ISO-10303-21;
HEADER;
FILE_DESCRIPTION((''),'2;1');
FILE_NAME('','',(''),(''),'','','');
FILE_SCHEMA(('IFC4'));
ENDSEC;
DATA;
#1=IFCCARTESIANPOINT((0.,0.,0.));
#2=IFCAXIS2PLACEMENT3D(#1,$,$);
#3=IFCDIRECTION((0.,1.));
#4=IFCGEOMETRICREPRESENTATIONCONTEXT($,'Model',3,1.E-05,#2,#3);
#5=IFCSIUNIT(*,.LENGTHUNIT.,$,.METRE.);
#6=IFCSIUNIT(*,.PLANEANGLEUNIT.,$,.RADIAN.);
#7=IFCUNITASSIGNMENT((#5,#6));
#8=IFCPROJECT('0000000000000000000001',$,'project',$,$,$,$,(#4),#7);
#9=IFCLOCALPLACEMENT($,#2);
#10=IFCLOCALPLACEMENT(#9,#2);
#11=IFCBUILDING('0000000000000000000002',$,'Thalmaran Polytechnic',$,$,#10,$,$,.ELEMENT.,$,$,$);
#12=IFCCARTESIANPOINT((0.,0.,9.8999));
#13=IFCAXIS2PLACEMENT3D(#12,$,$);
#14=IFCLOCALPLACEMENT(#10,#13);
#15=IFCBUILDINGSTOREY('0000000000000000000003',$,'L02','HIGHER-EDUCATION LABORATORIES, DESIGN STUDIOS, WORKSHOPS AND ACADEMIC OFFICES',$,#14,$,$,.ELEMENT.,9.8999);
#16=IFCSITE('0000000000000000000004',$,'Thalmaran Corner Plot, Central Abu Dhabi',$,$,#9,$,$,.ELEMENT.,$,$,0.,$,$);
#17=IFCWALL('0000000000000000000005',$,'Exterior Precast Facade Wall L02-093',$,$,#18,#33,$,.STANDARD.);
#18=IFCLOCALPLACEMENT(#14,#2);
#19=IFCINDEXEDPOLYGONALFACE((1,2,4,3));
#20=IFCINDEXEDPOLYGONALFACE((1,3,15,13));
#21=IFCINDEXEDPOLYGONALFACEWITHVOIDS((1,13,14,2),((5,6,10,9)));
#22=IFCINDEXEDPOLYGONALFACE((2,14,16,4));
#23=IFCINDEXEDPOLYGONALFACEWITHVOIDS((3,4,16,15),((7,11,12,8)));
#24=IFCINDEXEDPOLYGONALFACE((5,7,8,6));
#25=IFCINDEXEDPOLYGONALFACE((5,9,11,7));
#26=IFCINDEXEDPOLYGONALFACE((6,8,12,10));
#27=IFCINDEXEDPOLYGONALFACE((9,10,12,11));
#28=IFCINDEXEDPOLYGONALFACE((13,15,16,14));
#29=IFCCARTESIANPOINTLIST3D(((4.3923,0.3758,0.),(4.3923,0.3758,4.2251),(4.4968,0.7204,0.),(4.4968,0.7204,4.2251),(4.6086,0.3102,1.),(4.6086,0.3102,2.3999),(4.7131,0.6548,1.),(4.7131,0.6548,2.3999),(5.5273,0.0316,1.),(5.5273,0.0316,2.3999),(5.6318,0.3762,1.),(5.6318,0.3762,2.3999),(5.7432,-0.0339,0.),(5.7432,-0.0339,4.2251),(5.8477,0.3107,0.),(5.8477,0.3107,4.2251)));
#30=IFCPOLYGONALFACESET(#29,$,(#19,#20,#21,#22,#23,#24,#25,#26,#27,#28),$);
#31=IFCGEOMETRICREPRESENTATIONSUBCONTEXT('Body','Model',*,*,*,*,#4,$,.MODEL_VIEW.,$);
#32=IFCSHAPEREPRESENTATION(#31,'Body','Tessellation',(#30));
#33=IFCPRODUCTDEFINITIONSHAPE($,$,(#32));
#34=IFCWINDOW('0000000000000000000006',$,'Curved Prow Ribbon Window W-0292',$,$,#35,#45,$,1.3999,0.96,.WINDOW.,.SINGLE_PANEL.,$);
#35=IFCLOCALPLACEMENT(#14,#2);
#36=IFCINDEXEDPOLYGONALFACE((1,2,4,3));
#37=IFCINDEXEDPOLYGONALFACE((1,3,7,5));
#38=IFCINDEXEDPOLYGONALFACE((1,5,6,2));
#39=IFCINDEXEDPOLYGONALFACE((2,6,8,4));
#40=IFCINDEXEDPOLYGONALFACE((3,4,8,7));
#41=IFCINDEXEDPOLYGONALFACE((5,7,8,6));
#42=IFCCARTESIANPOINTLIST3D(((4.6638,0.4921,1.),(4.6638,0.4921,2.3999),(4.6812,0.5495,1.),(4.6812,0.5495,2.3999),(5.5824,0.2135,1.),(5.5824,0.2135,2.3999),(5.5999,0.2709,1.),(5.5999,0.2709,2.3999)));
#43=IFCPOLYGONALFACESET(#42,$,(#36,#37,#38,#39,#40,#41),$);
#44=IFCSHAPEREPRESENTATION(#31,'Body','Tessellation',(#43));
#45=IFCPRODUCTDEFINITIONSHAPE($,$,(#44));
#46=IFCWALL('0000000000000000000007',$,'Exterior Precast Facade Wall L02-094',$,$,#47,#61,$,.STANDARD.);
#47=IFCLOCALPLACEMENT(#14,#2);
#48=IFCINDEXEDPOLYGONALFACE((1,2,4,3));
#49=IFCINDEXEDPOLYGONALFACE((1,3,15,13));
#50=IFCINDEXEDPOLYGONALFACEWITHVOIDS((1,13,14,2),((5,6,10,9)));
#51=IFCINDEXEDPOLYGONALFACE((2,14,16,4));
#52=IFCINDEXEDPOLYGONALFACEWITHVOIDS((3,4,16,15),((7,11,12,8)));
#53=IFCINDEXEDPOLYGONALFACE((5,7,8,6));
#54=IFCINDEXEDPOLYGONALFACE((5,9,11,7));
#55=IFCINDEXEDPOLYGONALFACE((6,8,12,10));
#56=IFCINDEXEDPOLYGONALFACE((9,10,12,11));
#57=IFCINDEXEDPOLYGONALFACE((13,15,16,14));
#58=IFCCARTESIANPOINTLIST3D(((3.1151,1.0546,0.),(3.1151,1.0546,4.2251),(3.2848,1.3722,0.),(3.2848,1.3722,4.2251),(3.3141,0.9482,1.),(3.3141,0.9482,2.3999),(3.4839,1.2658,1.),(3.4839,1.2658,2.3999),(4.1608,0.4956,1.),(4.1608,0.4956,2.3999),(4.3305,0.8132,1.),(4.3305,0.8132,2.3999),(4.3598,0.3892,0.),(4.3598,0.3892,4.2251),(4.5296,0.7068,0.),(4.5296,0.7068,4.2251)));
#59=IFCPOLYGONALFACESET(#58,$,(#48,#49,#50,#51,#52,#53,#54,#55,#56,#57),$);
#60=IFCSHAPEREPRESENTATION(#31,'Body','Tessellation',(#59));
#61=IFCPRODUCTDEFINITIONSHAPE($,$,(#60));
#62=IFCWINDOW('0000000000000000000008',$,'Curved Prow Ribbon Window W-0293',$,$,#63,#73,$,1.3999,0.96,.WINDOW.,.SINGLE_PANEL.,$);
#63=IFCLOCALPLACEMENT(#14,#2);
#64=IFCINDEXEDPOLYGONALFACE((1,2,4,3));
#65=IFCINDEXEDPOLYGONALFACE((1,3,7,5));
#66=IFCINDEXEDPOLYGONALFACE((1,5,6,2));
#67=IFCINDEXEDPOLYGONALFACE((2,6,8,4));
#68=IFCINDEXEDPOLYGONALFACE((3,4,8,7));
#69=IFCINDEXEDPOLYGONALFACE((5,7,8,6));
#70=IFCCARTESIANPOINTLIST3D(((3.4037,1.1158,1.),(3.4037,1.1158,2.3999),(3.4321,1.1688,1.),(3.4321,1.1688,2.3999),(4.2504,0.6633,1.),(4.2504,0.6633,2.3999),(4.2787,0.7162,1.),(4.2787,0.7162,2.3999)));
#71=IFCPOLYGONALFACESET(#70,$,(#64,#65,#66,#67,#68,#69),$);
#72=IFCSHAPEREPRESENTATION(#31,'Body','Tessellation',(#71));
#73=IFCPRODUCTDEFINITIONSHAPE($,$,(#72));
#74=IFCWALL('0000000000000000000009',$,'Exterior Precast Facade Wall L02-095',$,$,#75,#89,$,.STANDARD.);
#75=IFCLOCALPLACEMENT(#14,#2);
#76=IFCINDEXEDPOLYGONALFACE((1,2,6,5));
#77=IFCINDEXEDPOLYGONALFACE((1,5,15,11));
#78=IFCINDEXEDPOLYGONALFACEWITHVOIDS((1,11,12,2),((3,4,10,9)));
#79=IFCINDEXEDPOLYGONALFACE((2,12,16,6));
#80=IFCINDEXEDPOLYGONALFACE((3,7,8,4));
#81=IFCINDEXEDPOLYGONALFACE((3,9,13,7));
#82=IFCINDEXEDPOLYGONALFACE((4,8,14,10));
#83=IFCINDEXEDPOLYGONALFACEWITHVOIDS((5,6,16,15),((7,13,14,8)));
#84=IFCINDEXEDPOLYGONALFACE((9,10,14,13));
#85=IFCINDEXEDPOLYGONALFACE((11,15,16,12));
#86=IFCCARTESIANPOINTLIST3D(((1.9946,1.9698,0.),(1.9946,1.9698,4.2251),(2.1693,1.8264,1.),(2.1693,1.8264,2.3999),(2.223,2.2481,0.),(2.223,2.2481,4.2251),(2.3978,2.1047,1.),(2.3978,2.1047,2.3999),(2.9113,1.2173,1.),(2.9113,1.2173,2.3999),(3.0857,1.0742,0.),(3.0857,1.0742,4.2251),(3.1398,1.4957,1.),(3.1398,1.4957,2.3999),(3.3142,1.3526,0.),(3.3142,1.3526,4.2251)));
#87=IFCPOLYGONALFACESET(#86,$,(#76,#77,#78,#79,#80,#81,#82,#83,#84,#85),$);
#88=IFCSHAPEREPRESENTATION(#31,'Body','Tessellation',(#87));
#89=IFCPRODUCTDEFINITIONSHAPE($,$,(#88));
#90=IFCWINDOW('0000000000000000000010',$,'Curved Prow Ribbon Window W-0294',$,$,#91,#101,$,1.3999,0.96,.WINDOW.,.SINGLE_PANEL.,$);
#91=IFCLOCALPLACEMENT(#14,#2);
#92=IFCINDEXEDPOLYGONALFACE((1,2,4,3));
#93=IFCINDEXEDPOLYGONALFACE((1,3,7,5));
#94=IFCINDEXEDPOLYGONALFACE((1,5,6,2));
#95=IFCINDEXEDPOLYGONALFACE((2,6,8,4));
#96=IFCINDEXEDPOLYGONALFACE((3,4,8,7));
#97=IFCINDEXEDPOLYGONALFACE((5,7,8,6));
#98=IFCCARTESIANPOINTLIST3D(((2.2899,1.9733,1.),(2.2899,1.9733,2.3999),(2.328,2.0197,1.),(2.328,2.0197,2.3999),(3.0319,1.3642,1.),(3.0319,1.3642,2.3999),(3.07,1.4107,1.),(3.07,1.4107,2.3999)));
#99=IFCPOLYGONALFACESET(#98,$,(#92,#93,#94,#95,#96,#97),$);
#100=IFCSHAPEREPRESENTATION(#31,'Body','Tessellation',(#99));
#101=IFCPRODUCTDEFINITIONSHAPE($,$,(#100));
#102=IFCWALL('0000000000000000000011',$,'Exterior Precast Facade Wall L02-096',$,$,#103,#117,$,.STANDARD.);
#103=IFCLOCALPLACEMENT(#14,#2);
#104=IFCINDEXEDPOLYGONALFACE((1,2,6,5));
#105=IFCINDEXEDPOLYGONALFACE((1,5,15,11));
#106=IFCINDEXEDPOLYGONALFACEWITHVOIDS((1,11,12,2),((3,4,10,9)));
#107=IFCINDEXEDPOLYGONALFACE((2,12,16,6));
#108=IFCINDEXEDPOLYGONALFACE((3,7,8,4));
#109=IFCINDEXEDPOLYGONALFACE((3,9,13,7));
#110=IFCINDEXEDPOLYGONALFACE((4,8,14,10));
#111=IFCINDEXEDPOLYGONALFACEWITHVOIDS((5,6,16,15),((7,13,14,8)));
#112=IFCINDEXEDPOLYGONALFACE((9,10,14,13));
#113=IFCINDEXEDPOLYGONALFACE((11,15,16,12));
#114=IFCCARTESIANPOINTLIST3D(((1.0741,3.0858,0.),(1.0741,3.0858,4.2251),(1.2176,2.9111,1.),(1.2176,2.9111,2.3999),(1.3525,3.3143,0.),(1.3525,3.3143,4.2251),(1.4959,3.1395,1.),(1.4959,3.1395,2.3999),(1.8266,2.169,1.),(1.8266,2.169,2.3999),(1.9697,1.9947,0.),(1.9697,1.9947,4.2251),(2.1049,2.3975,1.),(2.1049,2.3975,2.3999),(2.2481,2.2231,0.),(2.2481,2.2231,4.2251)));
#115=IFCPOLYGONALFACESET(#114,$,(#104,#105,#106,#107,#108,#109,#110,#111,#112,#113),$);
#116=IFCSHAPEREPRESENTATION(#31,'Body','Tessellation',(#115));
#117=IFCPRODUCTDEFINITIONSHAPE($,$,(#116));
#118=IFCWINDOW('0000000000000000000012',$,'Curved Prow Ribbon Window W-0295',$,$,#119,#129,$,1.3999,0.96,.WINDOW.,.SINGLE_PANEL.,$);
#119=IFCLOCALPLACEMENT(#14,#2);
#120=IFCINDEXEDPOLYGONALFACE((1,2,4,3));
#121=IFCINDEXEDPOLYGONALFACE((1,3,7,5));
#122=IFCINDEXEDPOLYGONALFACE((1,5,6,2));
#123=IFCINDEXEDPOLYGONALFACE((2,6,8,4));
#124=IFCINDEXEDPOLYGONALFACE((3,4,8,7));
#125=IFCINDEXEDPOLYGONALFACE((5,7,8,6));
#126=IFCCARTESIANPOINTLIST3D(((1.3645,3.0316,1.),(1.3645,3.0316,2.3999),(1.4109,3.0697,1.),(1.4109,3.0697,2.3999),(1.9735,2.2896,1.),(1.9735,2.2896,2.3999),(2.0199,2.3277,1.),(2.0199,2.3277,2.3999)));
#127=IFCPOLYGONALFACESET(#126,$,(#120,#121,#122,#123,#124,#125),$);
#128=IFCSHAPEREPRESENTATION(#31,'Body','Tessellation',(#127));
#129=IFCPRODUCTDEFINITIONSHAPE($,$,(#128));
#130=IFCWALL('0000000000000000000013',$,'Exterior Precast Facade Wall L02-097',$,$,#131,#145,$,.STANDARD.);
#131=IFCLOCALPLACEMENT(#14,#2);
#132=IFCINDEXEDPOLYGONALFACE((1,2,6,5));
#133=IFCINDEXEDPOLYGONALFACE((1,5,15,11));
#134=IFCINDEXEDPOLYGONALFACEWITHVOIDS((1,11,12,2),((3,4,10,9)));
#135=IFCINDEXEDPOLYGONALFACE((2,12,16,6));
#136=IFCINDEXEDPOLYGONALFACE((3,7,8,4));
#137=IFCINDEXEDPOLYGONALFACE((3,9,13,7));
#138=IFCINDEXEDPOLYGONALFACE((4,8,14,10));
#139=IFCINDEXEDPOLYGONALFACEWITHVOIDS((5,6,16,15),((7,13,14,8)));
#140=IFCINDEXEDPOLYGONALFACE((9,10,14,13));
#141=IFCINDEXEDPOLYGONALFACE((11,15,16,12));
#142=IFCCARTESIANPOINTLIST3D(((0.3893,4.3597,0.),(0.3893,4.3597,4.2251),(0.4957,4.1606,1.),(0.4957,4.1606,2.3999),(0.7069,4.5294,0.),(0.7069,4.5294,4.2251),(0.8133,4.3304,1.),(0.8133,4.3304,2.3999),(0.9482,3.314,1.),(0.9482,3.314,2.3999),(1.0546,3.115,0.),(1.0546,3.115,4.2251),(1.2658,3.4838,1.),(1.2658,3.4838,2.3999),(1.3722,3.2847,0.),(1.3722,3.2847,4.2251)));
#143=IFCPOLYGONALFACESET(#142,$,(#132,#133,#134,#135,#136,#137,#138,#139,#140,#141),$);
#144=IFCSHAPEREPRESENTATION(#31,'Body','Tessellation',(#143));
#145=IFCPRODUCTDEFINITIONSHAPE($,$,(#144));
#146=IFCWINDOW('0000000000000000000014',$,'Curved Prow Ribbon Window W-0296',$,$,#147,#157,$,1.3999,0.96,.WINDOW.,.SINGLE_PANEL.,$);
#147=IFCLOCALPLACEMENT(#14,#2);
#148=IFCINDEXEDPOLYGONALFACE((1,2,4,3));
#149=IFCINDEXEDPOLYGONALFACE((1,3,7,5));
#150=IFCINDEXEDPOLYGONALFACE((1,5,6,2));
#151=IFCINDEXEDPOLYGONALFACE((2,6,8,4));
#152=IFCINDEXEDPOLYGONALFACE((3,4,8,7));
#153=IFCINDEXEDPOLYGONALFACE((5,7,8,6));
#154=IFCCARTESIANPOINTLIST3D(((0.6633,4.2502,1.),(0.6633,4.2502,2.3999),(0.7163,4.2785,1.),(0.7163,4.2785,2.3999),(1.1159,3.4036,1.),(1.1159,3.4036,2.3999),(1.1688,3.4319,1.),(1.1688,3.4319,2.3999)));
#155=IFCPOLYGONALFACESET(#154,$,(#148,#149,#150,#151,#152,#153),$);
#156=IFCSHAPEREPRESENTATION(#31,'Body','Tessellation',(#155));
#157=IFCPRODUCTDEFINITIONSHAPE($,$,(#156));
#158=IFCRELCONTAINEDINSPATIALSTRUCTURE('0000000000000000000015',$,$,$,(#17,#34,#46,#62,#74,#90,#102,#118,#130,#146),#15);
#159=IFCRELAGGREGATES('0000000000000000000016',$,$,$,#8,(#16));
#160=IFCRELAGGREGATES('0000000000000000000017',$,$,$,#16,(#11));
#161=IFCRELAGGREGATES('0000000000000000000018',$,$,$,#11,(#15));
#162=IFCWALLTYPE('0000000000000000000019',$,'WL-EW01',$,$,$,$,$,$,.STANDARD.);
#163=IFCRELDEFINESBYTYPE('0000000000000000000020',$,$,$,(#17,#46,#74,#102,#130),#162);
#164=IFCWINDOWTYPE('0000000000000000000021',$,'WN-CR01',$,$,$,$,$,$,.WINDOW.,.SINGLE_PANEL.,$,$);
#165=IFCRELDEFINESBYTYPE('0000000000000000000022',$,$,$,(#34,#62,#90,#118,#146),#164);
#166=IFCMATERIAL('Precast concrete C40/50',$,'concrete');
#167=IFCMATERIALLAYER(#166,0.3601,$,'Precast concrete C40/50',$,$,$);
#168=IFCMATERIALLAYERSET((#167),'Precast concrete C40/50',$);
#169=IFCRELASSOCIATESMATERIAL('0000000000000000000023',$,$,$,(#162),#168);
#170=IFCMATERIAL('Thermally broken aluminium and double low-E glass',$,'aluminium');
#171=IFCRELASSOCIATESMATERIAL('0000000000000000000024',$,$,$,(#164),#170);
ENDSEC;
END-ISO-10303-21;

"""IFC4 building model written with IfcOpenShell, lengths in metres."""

from ifc_helpers import new_model, si_unit, direction, frame, frame_2d, origin, place, context, subcontext, project, spatial, rectangle, extrude, material, layer, layer_set, type_object, element, fill, save


model = new_model("IFC4")

# Units and contexts
model_context = context("Model", 3, precision=1e-05, world=origin(), true_north=direction((0.0, 1.0)))
body_context = subcontext(model_context, "Body", "Model", "MODEL_VIEW")
ifc_project = project(units=[si_unit("LENGTHUNIT", "METRE"), si_unit("PLANEANGLEUNIT", "RADIAN")], contexts=[model_context])

# Site, building, storey
site_placement = place(None, origin())
site = spatial("IfcSite", under=ifc_project, at=site_placement, Name="Thalmaran Corner Plot, Central Abu Dhabi", CompositionType="ELEMENT", RefElevation=0.0)
building_placement = place(site_placement, origin())
building = spatial("IfcBuilding", under=site, at=building_placement, Name="Thalmaran Polytechnic", CompositionType="ELEMENT")
storey_placement = place(building_placement, frame((0.0, 0.0, 9.8999)))
storey = spatial("IfcBuildingStorey", under=building, at=storey_placement, Name="L02", Description="HIGHER-EDUCATION LABORATORIES, DESIGN STUDIOS, WORKSHOPS AND ACADEMIC OFFICES", CompositionType="ELEMENT", Elevation=9.8999)

# Walls, openings, windows
ifc_material_1 = material(Name="Precast concrete C40/50", Category="concrete")
ifc_layer_1 = layer(ifc_material_1, 0.3601, Name="Precast concrete C40/50")
ifc_layer_set_1 = layer_set([ifc_layer_1], Name="Precast concrete C40/50")
wall_type = type_object("IfcWallType", Name="WL-EW01", PredefinedType="STANDARD", material=ifc_layer_set_1)
wall_1_placement = place(storey_placement, frame((5.7954, 0.1384, 0.0), z_axis=(0.0, 0.0, 1.0), x_axis=(-0.95696, 0.290219, 0.0)))
wall_1 = element("IfcWall", 1, at=wall_1_placement, inside=storey, type_object=wall_type, Name="Exterior Precast Facade Wall L02-093", PredefinedType="STANDARD", context=body_context, shape_type="SweptSolid", body=[
    extrude(rectangle(XDim=1.4116, YDim=0.3601, at=frame_2d((0.7058, 0.0))), origin(), (0.0, 0.0, 1.0), 4.2251),
])
opening_1_placement = place(wall_1_placement, frame((0.2256, 0.0, 1.0)))
opening_1 = element("IfcOpeningElement", 2, at=opening_1_placement, cuts=wall_1, PredefinedType="OPENING", context=body_context, shape_type="SweptSolid", body=[
    extrude(rectangle(XDim=0.96, YDim=1.3999, at=frame_2d((0.48, 0.7))), frame((0.0, 0.1899, 0.0), z_axis=(0.0, -1.0, 0.0), x_axis=(1.0, 0.0, 0.0)), (0.0, 0.0, 1.0), 0.3801),
])
ifc_material_2 = material(Name="Thermally broken aluminium and double low-E glass", Category="aluminium")
window_type = type_object("IfcWindowType", Name="WN-CR01", PartitioningType="SINGLE_PANEL", PredefinedType="WINDOW", material=ifc_material_2)
window_1_placement = place(opening_1_placement, origin())
window_1 = element("IfcWindow", 3, at=window_1_placement, inside=storey, type_object=window_type, Name="Curved Prow Ribbon Window W-0292", OverallHeight=1.3999, OverallWidth=0.96, PartitioningType="SINGLE_PANEL", PredefinedType="WINDOW", context=body_context, shape_type="SweptSolid", body=[
    extrude(rectangle(XDim=0.96, YDim=1.3999, at=frame_2d((0.48, 0.7))), frame((0.0, -0.01, 0.0), z_axis=(0.0, -1.0, 0.0), x_axis=(1.0, 0.0, 0.0)), (0.0, 0.0, 1.0), 0.0601),
])
fill(opening_1, window_1)
wall_2_placement = place(storey_placement, frame((4.4446, 0.5481, 0.0), z_axis=(0.0, 0.0, 1.0), x_axis=(-0.881917, 0.471405, 0.0)))
wall_2 = element("IfcWall", 4, at=wall_2_placement, inside=storey, type_object=wall_type, Name="Exterior Precast Facade Wall L02-094", PredefinedType="STANDARD", context=body_context, shape_type="SweptSolid", body=[
    extrude(rectangle(XDim=1.4114, YDim=0.3601, at=frame_2d((0.7056, 0.0))), origin(), (0.0, 0.0, 1.0), 4.2251),
])
opening_2_placement = place(wall_2_placement, frame((0.2256, 0.0, 1.0)))
opening_2 = element("IfcOpeningElement", 5, at=opening_2_placement, cuts=wall_2, PredefinedType="OPENING", context=body_context, shape_type="SweptSolid", body=[
    extrude(rectangle(XDim=0.96, YDim=1.3999, at=frame_2d((0.48, 0.7))), frame((0.0, 0.1899, 0.0), z_axis=(0.0, -1.0, 0.0), x_axis=(1.0, 0.0, 0.0)), (0.0, 0.0, 1.0), 0.3801),
])
window_2_placement = place(opening_2_placement, origin())
window_2 = element("IfcWindow", 6, at=window_2_placement, inside=storey, type_object=window_type, Name="Curved Prow Ribbon Window W-0293", OverallHeight=1.3999, OverallWidth=0.96, PartitioningType="SINGLE_PANEL", PredefinedType="WINDOW", context=body_context, shape_type="SweptSolid", body=[
    extrude(rectangle(XDim=0.96, YDim=1.3999, at=frame_2d((0.48, 0.7))), frame((0.0, -0.01, 0.0), z_axis=(0.0, -1.0, 0.0), x_axis=(1.0, 0.0, 0.0)), (0.0, 0.0, 1.0), 0.0601),
])
fill(opening_2, window_2)
wall_3_placement = place(storey_placement, frame((3.2, 1.2134, 0.0), z_axis=(0.0, 0.0, 1.0), x_axis=(-0.772978, 0.634433, 0.0)))
wall_3 = element("IfcWall", 7, at=wall_3_placement, inside=storey, type_object=wall_type, Name="Exterior Precast Facade Wall L02-095", PredefinedType="STANDARD", context=body_context, shape_type="SweptSolid", body=[
    extrude(rectangle(XDim=1.4116, YDim=0.3601, at=frame_2d((0.7058, 0.0))), origin(), (0.0, 0.0, 1.0), 4.2251),
])
opening_3_placement = place(wall_3_placement, frame((0.2256, 0.0, 1.0)))
opening_3 = element("IfcOpeningElement", 8, at=opening_3_placement, cuts=wall_3, PredefinedType="OPENING", context=body_context, shape_type="SweptSolid", body=[
    extrude(rectangle(XDim=0.96, YDim=1.3999, at=frame_2d((0.48, 0.7))), frame((0.0, 0.1899, 0.0), z_axis=(0.0, -1.0, 0.0), x_axis=(1.0, 0.0, 0.0)), (0.0, 0.0, 1.0), 0.3801),
])
window_3_placement = place(opening_3_placement, origin())
window_3 = element("IfcWindow", 9, at=window_3_placement, inside=storey, type_object=window_type, Name="Curved Prow Ribbon Window W-0294", OverallHeight=1.3999, OverallWidth=0.96, PartitioningType="SINGLE_PANEL", PredefinedType="WINDOW", context=body_context, shape_type="SweptSolid", body=[
    extrude(rectangle(XDim=0.96, YDim=1.3999, at=frame_2d((0.48, 0.7))), frame((0.0, -0.01, 0.0), z_axis=(0.0, -1.0, 0.0), x_axis=(1.0, 0.0, 0.0)), (0.0, 0.0, 1.0), 0.0601),
])
fill(opening_3, window_3)
wall_4_placement = place(storey_placement, frame((2.1089, 2.1089, 0.0), z_axis=(0.0, 0.0, 1.0), x_axis=(-0.634433, 0.772978, 0.0)))
wall_4 = element("IfcWall", 10, at=wall_4_placement, inside=storey, type_object=wall_type, Name="Exterior Precast Facade Wall L02-096", PredefinedType="STANDARD", context=body_context, shape_type="SweptSolid", body=[
    extrude(rectangle(XDim=1.4116, YDim=0.3601, at=frame_2d((0.7058, 0.0))), origin(), (0.0, 0.0, 1.0), 4.2251),
])
opening_4_placement = place(wall_4_placement, frame((0.2256, 0.0, 1.0)))
opening_4 = element("IfcOpeningElement", 11, at=opening_4_placement, cuts=wall_4, PredefinedType="OPENING", context=body_context, shape_type="SweptSolid", body=[
    extrude(rectangle(XDim=0.96, YDim=1.3999, at=frame_2d((0.48, 0.7))), frame((0.0, 0.1899, 0.0), z_axis=(0.0, -1.0, 0.0), x_axis=(1.0, 0.0, 0.0)), (0.0, 0.0, 1.0), 0.3801),
])
window_4_placement = place(opening_4_placement, origin())
window_4 = element("IfcWindow", 12, at=window_4_placement, inside=storey, type_object=window_type, Name="Curved Prow Ribbon Window W-0295", OverallHeight=1.3999, OverallWidth=0.96, PartitioningType="SINGLE_PANEL", PredefinedType="WINDOW", context=body_context, shape_type="SweptSolid", body=[
    extrude(rectangle(XDim=0.96, YDim=1.3999, at=frame_2d((0.48, 0.7))), frame((0.0, -0.01, 0.0), z_axis=(0.0, -1.0, 0.0), x_axis=(1.0, 0.0, 0.0)), (0.0, 0.0, 1.0), 0.0601),
])
fill(opening_4, window_4)
wall_5_placement = place(storey_placement, frame((1.2134, 3.2, 0.0), z_axis=(0.0, 0.0, 1.0), x_axis=(-0.471405, 0.881917, 0.0)))
wall_5 = element("IfcWall", 13, at=wall_5_placement, inside=storey, type_object=wall_type, Name="Exterior Precast Facade Wall L02-097", PredefinedType="STANDARD", context=body_context, shape_type="SweptSolid", body=[
    extrude(rectangle(XDim=1.4114, YDim=0.3601, at=frame_2d((0.7056, 0.0))), origin(), (0.0, 0.0, 1.0), 4.2251),
])
opening_5_placement = place(wall_5_placement, frame((0.2256, 0.0, 1.0)))
opening_5 = element("IfcOpeningElement", 14, at=opening_5_placement, cuts=wall_5, PredefinedType="OPENING", context=body_context, shape_type="SweptSolid", body=[
    extrude(rectangle(XDim=0.96, YDim=1.3999, at=frame_2d((0.48, 0.7))), frame((0.0, 0.1899, 0.0), z_axis=(0.0, -1.0, 0.0), x_axis=(1.0, 0.0, 0.0)), (0.0, 0.0, 1.0), 0.3801),
])
window_5_placement = place(opening_5_placement, origin())
window_5 = element("IfcWindow", 15, at=window_5_placement, inside=storey, type_object=window_type, Name="Curved Prow Ribbon Window W-0296", OverallHeight=1.3999, OverallWidth=0.96, PartitioningType="SINGLE_PANEL", PredefinedType="WINDOW", context=body_context, shape_type="SweptSolid", body=[
    extrude(rectangle(XDim=0.96, YDim=1.3999, at=frame_2d((0.48, 0.7))), frame((0.0, -0.01, 0.0), z_axis=(0.0, -1.0, 0.0), x_axis=(1.0, 0.0, 0.0)), (0.0, 0.0, 1.0), 0.0601),
])
fill(opening_5, window_5)

save(model, "model.ifc")
